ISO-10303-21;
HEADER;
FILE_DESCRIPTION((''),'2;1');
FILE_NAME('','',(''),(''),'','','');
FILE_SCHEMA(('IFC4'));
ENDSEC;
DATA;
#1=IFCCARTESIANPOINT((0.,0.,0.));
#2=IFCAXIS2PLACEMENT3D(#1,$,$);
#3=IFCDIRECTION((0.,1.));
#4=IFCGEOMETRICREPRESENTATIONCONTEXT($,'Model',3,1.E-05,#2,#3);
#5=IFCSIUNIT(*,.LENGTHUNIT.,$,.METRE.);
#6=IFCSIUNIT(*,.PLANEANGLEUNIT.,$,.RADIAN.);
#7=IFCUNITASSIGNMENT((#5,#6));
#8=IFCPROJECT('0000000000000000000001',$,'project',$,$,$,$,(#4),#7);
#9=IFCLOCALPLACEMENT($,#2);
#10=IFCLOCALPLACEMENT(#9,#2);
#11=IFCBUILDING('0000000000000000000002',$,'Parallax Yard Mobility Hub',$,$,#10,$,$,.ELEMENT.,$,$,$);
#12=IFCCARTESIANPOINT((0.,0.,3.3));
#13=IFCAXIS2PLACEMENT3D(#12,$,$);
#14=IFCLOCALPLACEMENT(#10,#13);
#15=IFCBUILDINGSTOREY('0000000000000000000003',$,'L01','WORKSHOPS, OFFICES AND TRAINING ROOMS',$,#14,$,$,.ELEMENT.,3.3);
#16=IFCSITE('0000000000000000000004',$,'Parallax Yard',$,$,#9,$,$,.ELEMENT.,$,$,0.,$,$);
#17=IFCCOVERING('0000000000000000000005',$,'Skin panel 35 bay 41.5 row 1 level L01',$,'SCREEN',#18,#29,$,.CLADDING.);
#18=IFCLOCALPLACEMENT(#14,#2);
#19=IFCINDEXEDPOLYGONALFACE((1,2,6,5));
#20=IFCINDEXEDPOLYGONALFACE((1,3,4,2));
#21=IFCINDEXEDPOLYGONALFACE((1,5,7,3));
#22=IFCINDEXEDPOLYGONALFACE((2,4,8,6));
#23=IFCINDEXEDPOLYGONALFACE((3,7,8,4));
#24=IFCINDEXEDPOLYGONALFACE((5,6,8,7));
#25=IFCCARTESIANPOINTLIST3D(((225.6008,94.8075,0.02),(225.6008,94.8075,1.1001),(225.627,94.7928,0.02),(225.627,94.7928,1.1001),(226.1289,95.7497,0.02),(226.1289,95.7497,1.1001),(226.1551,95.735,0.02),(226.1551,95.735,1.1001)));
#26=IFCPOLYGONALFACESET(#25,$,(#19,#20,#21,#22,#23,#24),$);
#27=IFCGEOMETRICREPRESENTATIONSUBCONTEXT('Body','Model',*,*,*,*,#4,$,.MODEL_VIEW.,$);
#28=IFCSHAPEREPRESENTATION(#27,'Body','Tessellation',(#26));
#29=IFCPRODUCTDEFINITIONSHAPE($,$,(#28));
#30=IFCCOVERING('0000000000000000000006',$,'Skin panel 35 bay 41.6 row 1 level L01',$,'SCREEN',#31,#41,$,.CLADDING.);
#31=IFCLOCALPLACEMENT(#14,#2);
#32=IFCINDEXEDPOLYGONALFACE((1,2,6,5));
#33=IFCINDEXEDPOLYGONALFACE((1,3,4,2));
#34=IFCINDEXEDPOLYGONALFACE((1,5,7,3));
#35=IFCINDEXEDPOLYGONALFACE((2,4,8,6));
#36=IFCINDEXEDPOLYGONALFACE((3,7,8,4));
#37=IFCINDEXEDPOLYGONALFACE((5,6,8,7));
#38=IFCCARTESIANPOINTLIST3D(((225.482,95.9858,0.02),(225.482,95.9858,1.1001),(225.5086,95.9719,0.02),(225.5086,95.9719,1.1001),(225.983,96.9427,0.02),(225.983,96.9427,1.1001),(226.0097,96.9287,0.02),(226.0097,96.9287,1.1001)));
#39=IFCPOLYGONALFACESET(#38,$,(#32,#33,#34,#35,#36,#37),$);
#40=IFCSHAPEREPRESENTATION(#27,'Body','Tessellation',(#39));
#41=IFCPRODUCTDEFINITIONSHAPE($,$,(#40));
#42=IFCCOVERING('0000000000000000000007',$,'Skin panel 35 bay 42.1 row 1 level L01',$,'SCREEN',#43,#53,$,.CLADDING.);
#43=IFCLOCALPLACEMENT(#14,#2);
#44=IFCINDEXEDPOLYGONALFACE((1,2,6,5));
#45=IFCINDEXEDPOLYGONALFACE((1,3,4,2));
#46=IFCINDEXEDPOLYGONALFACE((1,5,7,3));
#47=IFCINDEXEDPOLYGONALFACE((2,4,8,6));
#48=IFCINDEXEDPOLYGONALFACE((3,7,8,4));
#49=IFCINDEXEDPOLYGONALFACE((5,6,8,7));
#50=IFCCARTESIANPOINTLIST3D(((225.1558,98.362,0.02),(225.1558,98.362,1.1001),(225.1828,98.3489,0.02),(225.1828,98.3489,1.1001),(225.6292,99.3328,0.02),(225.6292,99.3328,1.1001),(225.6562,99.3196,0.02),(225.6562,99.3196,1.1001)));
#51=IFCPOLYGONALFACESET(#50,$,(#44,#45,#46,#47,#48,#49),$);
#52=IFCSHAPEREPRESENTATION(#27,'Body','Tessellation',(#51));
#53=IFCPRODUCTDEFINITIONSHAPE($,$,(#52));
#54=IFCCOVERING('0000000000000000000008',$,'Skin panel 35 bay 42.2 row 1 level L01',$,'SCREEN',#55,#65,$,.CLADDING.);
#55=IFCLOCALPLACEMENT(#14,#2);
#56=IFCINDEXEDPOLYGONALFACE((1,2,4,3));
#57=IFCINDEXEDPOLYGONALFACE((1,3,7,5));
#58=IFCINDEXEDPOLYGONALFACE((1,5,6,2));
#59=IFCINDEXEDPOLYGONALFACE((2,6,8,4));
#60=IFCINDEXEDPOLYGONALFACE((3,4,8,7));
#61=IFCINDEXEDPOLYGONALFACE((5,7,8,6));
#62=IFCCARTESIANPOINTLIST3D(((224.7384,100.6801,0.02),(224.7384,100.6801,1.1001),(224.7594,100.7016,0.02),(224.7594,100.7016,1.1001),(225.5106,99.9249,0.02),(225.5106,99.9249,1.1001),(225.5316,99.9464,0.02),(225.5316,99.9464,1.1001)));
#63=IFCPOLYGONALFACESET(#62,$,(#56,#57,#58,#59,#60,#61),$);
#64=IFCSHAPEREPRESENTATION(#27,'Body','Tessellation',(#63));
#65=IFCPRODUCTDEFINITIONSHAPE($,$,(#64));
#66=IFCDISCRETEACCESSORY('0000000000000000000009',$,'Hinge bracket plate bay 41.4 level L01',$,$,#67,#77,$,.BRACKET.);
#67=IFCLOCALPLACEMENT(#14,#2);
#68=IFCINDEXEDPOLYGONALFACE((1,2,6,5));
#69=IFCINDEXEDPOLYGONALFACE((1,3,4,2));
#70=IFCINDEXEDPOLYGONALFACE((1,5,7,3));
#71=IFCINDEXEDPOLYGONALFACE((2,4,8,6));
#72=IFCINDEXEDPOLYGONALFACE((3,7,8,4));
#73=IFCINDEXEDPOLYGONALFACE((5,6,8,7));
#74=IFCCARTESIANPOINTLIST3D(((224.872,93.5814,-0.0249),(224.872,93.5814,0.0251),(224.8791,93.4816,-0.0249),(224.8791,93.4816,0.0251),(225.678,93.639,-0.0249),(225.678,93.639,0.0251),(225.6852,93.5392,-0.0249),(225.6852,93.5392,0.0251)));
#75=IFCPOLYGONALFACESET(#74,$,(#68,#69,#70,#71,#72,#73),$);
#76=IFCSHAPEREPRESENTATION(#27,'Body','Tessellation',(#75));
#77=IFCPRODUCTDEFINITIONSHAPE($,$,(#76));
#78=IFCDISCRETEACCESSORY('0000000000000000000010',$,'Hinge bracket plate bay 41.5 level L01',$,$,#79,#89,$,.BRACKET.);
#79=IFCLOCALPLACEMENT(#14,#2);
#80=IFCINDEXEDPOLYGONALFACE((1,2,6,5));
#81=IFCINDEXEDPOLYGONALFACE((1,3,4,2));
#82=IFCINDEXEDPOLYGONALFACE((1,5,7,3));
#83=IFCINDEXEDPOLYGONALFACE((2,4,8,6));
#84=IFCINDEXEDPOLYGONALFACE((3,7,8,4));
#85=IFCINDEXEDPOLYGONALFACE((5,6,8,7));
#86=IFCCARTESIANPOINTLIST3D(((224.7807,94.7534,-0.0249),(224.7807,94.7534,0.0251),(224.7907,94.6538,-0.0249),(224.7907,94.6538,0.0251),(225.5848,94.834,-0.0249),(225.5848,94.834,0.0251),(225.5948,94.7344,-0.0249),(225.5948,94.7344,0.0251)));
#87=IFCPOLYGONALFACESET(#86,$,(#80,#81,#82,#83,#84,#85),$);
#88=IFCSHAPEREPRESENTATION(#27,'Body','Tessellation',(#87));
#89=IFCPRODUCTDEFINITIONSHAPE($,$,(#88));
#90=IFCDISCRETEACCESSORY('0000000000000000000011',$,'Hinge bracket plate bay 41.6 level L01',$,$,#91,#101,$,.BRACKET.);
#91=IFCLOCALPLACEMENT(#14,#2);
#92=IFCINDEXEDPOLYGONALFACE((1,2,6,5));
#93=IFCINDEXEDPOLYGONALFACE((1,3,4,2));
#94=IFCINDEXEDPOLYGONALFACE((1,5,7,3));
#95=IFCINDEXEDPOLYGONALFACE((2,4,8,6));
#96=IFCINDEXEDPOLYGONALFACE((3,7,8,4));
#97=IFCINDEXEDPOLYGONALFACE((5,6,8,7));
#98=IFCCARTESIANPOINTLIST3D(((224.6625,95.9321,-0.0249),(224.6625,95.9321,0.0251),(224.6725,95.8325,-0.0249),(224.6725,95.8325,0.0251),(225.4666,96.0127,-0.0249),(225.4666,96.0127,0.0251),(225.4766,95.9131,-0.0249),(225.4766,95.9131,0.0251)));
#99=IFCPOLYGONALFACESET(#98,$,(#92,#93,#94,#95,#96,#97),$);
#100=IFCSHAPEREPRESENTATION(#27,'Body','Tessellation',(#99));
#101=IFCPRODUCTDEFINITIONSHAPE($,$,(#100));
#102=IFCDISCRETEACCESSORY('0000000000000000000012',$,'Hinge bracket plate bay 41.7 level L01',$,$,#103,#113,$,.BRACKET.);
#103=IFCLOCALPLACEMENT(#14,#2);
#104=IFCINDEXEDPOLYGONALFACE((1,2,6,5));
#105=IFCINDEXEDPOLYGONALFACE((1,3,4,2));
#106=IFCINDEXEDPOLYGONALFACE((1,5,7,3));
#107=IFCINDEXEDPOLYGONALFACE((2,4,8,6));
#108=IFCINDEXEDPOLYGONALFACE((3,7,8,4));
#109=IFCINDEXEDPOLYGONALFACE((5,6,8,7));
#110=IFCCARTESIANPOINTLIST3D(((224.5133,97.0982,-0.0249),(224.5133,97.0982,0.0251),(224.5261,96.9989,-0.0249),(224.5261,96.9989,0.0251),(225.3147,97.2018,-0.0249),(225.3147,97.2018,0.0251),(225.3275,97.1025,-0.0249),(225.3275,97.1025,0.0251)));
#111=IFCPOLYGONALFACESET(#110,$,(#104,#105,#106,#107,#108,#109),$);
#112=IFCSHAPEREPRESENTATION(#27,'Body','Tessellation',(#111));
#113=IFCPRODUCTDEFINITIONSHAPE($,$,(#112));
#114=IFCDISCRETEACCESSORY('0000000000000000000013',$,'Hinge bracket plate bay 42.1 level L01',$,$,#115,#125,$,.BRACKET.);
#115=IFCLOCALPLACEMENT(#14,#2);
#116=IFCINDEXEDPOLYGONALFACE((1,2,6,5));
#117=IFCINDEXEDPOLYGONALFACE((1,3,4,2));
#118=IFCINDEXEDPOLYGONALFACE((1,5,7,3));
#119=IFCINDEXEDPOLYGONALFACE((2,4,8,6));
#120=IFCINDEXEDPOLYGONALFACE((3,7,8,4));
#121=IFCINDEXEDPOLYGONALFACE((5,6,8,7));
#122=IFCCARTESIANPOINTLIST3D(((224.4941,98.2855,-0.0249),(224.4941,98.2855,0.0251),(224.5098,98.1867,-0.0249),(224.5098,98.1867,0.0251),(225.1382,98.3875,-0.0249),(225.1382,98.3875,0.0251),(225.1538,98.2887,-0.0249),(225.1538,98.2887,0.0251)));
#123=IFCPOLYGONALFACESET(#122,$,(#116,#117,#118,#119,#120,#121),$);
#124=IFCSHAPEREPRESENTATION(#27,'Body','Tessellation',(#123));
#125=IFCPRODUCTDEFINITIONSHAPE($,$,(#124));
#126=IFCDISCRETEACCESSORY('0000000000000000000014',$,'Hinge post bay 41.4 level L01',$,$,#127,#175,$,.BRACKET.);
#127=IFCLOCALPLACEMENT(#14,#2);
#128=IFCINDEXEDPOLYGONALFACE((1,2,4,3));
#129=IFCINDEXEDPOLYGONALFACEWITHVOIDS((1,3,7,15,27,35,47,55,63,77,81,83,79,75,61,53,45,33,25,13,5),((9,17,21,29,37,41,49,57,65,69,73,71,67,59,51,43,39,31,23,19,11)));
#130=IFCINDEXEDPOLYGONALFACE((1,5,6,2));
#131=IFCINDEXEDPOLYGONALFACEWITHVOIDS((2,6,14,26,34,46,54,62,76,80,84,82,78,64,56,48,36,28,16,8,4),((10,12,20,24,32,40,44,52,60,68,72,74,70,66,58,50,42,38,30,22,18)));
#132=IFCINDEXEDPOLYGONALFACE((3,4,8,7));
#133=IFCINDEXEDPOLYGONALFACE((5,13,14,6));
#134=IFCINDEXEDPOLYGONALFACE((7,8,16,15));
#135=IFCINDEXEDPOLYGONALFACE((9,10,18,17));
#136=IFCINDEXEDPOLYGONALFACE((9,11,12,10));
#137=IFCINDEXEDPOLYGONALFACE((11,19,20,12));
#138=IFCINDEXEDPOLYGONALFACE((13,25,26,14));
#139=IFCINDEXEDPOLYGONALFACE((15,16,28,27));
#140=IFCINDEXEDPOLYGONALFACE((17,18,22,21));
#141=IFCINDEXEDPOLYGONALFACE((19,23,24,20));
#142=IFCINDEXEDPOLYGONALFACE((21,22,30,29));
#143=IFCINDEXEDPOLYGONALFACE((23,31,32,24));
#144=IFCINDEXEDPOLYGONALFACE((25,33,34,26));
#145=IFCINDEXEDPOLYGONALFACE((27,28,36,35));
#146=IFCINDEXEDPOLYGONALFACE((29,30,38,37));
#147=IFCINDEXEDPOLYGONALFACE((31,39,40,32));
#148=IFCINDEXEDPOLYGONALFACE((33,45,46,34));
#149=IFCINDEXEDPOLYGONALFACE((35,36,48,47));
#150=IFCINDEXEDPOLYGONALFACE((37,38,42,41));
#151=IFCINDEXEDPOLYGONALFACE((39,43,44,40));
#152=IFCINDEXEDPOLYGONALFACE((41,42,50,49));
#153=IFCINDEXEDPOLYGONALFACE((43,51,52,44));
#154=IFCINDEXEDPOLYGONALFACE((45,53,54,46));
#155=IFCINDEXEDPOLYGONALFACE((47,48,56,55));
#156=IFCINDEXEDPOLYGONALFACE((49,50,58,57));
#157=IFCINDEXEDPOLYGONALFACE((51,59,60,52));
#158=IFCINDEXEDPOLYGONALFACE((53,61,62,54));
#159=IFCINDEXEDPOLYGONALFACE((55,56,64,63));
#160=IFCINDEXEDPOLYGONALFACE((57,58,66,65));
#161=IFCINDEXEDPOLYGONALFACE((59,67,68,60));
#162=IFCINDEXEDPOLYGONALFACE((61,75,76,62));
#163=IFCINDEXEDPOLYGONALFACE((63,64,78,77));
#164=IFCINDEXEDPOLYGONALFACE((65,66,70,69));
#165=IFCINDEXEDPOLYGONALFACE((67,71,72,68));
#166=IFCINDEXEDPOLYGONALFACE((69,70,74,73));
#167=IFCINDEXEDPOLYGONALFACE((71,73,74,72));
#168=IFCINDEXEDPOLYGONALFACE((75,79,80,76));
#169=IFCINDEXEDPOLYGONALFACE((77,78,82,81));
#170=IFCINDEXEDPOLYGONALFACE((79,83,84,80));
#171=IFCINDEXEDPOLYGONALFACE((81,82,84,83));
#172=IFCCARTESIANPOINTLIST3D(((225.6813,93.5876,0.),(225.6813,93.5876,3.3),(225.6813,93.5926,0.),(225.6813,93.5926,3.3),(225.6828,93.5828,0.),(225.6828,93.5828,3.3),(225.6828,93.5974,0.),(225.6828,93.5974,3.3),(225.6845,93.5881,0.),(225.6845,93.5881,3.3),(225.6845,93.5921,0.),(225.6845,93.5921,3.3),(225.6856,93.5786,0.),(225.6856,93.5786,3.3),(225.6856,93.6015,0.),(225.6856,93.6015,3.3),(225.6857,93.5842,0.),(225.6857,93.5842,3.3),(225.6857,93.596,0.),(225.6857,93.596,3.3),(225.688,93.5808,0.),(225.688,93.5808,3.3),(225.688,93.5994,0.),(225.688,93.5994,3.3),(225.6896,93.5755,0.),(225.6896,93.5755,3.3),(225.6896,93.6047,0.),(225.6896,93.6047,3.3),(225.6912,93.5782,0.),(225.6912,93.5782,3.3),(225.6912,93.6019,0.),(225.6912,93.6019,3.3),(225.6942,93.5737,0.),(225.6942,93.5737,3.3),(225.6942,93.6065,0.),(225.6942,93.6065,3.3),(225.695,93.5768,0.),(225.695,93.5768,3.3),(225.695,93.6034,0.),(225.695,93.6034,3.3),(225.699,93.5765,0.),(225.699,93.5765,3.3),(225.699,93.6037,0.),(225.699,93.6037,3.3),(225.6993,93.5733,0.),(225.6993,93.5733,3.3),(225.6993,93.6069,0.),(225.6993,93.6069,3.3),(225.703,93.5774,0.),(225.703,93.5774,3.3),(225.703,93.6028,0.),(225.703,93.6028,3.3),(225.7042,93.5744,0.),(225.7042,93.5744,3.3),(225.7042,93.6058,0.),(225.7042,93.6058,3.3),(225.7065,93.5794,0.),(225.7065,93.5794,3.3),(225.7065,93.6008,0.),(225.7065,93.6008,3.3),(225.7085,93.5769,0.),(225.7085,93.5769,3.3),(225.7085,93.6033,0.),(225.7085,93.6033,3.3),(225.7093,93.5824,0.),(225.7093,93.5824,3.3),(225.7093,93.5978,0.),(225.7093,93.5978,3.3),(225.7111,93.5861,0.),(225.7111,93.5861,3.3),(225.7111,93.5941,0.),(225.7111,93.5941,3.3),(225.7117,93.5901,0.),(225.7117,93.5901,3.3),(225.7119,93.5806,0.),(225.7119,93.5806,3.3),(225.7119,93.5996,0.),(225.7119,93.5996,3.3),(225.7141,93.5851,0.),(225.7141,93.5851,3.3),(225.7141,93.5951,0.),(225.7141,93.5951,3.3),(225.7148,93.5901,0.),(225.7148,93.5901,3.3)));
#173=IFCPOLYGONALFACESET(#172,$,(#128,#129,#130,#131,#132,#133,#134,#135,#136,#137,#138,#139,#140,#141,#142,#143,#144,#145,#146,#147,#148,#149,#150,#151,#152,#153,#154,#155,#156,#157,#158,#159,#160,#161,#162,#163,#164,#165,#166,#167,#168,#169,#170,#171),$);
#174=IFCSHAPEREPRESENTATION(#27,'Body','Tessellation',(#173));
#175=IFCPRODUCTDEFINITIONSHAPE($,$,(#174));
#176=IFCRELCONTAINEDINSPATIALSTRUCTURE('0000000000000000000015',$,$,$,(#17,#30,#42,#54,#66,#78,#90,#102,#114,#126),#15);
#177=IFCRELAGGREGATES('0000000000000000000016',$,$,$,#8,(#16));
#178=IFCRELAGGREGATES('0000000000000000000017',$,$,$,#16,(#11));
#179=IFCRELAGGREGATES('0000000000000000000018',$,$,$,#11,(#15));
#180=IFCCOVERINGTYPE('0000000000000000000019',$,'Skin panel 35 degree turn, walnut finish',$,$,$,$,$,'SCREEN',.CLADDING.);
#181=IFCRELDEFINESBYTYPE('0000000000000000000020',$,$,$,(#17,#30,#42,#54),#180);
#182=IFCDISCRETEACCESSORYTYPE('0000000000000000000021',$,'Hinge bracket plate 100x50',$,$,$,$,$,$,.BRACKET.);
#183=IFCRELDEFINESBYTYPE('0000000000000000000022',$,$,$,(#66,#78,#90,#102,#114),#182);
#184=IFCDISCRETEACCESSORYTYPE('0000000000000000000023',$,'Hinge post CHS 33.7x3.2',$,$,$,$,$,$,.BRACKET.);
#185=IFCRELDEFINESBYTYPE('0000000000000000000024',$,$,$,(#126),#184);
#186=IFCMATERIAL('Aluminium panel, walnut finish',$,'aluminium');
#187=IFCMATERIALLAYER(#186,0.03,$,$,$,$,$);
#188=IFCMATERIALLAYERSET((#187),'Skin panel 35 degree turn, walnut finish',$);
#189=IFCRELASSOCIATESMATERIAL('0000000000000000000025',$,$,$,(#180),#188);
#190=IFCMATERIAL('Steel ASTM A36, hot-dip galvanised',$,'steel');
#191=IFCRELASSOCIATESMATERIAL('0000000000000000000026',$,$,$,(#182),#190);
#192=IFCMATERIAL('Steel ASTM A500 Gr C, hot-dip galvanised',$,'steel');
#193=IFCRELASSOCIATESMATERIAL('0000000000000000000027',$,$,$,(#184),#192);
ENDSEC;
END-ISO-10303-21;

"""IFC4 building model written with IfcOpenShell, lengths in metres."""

from ifc_helpers import new_model, si_unit, direction, frame, origin, origin_2d, place, context, subcontext, project, spatial, rectangle, hollow_circle, extrude, material, layer, layer_set, material_profile, profile_set, type_object, element, save


model = new_model("IFC4")

# Units and contexts
model_context = context("Model", 3, precision=1e-05, world=origin(), true_north=direction((0.0, 1.0)))
body_context = subcontext(model_context, "Body", "Model", "MODEL_VIEW")
ifc_project = project(units=[si_unit("LENGTHUNIT", "METRE"), si_unit("PLANEANGLEUNIT", "RADIAN")], contexts=[model_context])

# Site, building, storey
site_placement = place(None, origin())
site = spatial("IfcSite", under=ifc_project, at=site_placement, Name="Parallax Yard", CompositionType="ELEMENT", RefElevation=0.0)
building_placement = place(site_placement, origin())
building = spatial("IfcBuilding", under=site, at=building_placement, Name="Parallax Yard Mobility Hub", CompositionType="ELEMENT")
storey_placement = place(building_placement, frame((0.0, 0.0, 3.3)))
storey = spatial("IfcBuildingStorey", under=building, at=storey_placement, Name="L01", Description="WORKSHOPS, OFFICES AND TRAINING ROOMS", CompositionType="ELEMENT", Elevation=3.3)

# Coverings
ifc_material_1 = material(Name="Aluminium panel, walnut finish", Category="aluminium")
ifc_layer_1 = layer(ifc_material_1, 0.03)
ifc_layer_set_1 = layer_set([ifc_layer_1], Name="Skin panel 35 degree turn, walnut finish")
covering_type_1 = type_object("IfcCoveringType", Name="Skin panel 35 degree turn, walnut finish", ElementType="SCREEN", PredefinedType="CLADDING", material=ifc_layer_set_1)
for number, where, z_axis, x_axis, name in (
    (1, (225.8779, 95.2712, 0.02), (0.0, 0.0, 1.0), (0.488967, 0.872302, 0.0), "Skin panel 35 bay 41.5 row 1 level L01"),
    (2, (225.7458, 96.4573, 0.02), (0.0, 0.0, 1.0), (0.463859, 0.885909, 0.0), "Skin panel 35 bay 41.6 row 1 level L01"),
    (3, (225.406, 98.8408, 0.02), (0.0, 0.0, 1.0), (0.438371, 0.898794, 0.0), "Skin panel 35 bay 42.1 row 1 level L01"),
    (4, (225.135, 100.3132, 0.02), (0.0, 0.0, 1.0), (0.714917, -0.699209, 0.0), "Skin panel 35 bay 42.2 row 1 level L01"),
):
    element("IfcCovering", number, at=place(storey_placement, frame(where, z_axis=z_axis, x_axis=x_axis)), inside=storey, type_object=covering_type_1, Name=name, ObjectType="SCREEN", PredefinedType="CLADDING", context=body_context, shape_type="SweptSolid", body=[
        extrude(rectangle(XDim=1.0801, YDim=0.03, at=origin_2d()), origin(), (0.0, 0.0, 1.0), 1.0801),
    ])

# Discrete accessories
ifc_material_2 = material(Name="Steel ASTM A36, hot-dip galvanised", Category="steel")
discrete_accessory_type_1 = type_object("IfcDiscreteAccessoryType", Name="Hinge bracket plate 100x50", PredefinedType="BRACKET", material=ifc_material_2)
for number, where, z_axis, x_axis, name in (
    (5, (225.2786, 93.5603, -0.0249), (0.0, 0.0, 1.0), (0.997452, 0.071339, 0.0), "Hinge bracket plate bay 41.4 level L01"),
    (6, (225.1877, 94.7439, -0.0249), (0.0, 0.0, 1.0), (0.995008, 0.099794, 0.0), "Hinge bracket plate bay 41.5 level L01"),
    (7, (225.0696, 95.9226, -0.0249), (0.0, 0.0, 1.0), (0.995008, 0.099794, 0.0), "Hinge bracket plate bay 41.6 level L01"),
    (8, (224.9204, 97.1003, -0.0249), (0.0, 0.0, 1.0), (0.991753, 0.128166, 0.0), "Hinge bracket plate bay 41.7 level L01"),
):
    element("IfcDiscreteAccessory", number, at=place(storey_placement, frame(where, z_axis=z_axis, x_axis=x_axis)), inside=storey, type_object=discrete_accessory_type_1, Name=name, PredefinedType="BRACKET", context=body_context, shape_type="SweptSolid", body=[
        extrude(rectangle(XDim=0.8081, YDim=0.1001, at=origin_2d()), origin(), (0.0, 0.0, 1.0), 0.05),
    ])
discrete_accessory_placement = place(storey_placement, frame((224.824, 98.2871, -0.0249), z_axis=(0.0, 0.0, 1.0), x_axis=(0.987688, 0.156434, 0.0)))
element("IfcDiscreteAccessory", 9, at=discrete_accessory_placement, inside=storey, type_object=discrete_accessory_type_1, Name="Hinge bracket plate bay 42.1 level L01", PredefinedType="BRACKET", context=body_context, shape_type="SweptSolid", body=[
    extrude(rectangle(XDim=0.6521, YDim=0.1001, at=origin_2d()), origin(), (0.0, 0.0, 1.0), 0.05),
])
ifc_material_3 = material(Name="Steel ASTM A500 Gr C, hot-dip galvanised", Category="steel")
ifc_material_profile = material_profile(ifc_material_3, hollow_circle(Radius=0.0168, WallThickness=0.0032, at=origin_2d()), Name="CHS 33.7x3.2")
ifc_profile_set = profile_set([ifc_material_profile], Name="Steel ASTM A500 Gr C, hot-dip galvanised")
discrete_accessory_type_2 = type_object("IfcDiscreteAccessoryType", Name="Hinge post CHS 33.7x3.2", PredefinedType="BRACKET", material=ifc_profile_set)
for number, where, z_axis, x_axis, name in (
    (10, (225.698, 93.5901, 0.0), (0.0, 0.0, 1.0), (1.0, 0.0, 0.0), "Hinge post bay 41.4 level L01"),
):
    element("IfcDiscreteAccessory", number, at=place(storey_placement, frame(where, z_axis=z_axis, x_axis=x_axis)), inside=storey, type_object=discrete_accessory_type_2, Name=name, PredefinedType="BRACKET", context=body_context, shape_type="SweptSolid", body=[
        extrude(hollow_circle(Radius=0.0168, WallThickness=0.0032, at=origin_2d()), origin(), (0.0, 0.0, 1.0), 3.3),
    ])

save(model, "model.ifc")
